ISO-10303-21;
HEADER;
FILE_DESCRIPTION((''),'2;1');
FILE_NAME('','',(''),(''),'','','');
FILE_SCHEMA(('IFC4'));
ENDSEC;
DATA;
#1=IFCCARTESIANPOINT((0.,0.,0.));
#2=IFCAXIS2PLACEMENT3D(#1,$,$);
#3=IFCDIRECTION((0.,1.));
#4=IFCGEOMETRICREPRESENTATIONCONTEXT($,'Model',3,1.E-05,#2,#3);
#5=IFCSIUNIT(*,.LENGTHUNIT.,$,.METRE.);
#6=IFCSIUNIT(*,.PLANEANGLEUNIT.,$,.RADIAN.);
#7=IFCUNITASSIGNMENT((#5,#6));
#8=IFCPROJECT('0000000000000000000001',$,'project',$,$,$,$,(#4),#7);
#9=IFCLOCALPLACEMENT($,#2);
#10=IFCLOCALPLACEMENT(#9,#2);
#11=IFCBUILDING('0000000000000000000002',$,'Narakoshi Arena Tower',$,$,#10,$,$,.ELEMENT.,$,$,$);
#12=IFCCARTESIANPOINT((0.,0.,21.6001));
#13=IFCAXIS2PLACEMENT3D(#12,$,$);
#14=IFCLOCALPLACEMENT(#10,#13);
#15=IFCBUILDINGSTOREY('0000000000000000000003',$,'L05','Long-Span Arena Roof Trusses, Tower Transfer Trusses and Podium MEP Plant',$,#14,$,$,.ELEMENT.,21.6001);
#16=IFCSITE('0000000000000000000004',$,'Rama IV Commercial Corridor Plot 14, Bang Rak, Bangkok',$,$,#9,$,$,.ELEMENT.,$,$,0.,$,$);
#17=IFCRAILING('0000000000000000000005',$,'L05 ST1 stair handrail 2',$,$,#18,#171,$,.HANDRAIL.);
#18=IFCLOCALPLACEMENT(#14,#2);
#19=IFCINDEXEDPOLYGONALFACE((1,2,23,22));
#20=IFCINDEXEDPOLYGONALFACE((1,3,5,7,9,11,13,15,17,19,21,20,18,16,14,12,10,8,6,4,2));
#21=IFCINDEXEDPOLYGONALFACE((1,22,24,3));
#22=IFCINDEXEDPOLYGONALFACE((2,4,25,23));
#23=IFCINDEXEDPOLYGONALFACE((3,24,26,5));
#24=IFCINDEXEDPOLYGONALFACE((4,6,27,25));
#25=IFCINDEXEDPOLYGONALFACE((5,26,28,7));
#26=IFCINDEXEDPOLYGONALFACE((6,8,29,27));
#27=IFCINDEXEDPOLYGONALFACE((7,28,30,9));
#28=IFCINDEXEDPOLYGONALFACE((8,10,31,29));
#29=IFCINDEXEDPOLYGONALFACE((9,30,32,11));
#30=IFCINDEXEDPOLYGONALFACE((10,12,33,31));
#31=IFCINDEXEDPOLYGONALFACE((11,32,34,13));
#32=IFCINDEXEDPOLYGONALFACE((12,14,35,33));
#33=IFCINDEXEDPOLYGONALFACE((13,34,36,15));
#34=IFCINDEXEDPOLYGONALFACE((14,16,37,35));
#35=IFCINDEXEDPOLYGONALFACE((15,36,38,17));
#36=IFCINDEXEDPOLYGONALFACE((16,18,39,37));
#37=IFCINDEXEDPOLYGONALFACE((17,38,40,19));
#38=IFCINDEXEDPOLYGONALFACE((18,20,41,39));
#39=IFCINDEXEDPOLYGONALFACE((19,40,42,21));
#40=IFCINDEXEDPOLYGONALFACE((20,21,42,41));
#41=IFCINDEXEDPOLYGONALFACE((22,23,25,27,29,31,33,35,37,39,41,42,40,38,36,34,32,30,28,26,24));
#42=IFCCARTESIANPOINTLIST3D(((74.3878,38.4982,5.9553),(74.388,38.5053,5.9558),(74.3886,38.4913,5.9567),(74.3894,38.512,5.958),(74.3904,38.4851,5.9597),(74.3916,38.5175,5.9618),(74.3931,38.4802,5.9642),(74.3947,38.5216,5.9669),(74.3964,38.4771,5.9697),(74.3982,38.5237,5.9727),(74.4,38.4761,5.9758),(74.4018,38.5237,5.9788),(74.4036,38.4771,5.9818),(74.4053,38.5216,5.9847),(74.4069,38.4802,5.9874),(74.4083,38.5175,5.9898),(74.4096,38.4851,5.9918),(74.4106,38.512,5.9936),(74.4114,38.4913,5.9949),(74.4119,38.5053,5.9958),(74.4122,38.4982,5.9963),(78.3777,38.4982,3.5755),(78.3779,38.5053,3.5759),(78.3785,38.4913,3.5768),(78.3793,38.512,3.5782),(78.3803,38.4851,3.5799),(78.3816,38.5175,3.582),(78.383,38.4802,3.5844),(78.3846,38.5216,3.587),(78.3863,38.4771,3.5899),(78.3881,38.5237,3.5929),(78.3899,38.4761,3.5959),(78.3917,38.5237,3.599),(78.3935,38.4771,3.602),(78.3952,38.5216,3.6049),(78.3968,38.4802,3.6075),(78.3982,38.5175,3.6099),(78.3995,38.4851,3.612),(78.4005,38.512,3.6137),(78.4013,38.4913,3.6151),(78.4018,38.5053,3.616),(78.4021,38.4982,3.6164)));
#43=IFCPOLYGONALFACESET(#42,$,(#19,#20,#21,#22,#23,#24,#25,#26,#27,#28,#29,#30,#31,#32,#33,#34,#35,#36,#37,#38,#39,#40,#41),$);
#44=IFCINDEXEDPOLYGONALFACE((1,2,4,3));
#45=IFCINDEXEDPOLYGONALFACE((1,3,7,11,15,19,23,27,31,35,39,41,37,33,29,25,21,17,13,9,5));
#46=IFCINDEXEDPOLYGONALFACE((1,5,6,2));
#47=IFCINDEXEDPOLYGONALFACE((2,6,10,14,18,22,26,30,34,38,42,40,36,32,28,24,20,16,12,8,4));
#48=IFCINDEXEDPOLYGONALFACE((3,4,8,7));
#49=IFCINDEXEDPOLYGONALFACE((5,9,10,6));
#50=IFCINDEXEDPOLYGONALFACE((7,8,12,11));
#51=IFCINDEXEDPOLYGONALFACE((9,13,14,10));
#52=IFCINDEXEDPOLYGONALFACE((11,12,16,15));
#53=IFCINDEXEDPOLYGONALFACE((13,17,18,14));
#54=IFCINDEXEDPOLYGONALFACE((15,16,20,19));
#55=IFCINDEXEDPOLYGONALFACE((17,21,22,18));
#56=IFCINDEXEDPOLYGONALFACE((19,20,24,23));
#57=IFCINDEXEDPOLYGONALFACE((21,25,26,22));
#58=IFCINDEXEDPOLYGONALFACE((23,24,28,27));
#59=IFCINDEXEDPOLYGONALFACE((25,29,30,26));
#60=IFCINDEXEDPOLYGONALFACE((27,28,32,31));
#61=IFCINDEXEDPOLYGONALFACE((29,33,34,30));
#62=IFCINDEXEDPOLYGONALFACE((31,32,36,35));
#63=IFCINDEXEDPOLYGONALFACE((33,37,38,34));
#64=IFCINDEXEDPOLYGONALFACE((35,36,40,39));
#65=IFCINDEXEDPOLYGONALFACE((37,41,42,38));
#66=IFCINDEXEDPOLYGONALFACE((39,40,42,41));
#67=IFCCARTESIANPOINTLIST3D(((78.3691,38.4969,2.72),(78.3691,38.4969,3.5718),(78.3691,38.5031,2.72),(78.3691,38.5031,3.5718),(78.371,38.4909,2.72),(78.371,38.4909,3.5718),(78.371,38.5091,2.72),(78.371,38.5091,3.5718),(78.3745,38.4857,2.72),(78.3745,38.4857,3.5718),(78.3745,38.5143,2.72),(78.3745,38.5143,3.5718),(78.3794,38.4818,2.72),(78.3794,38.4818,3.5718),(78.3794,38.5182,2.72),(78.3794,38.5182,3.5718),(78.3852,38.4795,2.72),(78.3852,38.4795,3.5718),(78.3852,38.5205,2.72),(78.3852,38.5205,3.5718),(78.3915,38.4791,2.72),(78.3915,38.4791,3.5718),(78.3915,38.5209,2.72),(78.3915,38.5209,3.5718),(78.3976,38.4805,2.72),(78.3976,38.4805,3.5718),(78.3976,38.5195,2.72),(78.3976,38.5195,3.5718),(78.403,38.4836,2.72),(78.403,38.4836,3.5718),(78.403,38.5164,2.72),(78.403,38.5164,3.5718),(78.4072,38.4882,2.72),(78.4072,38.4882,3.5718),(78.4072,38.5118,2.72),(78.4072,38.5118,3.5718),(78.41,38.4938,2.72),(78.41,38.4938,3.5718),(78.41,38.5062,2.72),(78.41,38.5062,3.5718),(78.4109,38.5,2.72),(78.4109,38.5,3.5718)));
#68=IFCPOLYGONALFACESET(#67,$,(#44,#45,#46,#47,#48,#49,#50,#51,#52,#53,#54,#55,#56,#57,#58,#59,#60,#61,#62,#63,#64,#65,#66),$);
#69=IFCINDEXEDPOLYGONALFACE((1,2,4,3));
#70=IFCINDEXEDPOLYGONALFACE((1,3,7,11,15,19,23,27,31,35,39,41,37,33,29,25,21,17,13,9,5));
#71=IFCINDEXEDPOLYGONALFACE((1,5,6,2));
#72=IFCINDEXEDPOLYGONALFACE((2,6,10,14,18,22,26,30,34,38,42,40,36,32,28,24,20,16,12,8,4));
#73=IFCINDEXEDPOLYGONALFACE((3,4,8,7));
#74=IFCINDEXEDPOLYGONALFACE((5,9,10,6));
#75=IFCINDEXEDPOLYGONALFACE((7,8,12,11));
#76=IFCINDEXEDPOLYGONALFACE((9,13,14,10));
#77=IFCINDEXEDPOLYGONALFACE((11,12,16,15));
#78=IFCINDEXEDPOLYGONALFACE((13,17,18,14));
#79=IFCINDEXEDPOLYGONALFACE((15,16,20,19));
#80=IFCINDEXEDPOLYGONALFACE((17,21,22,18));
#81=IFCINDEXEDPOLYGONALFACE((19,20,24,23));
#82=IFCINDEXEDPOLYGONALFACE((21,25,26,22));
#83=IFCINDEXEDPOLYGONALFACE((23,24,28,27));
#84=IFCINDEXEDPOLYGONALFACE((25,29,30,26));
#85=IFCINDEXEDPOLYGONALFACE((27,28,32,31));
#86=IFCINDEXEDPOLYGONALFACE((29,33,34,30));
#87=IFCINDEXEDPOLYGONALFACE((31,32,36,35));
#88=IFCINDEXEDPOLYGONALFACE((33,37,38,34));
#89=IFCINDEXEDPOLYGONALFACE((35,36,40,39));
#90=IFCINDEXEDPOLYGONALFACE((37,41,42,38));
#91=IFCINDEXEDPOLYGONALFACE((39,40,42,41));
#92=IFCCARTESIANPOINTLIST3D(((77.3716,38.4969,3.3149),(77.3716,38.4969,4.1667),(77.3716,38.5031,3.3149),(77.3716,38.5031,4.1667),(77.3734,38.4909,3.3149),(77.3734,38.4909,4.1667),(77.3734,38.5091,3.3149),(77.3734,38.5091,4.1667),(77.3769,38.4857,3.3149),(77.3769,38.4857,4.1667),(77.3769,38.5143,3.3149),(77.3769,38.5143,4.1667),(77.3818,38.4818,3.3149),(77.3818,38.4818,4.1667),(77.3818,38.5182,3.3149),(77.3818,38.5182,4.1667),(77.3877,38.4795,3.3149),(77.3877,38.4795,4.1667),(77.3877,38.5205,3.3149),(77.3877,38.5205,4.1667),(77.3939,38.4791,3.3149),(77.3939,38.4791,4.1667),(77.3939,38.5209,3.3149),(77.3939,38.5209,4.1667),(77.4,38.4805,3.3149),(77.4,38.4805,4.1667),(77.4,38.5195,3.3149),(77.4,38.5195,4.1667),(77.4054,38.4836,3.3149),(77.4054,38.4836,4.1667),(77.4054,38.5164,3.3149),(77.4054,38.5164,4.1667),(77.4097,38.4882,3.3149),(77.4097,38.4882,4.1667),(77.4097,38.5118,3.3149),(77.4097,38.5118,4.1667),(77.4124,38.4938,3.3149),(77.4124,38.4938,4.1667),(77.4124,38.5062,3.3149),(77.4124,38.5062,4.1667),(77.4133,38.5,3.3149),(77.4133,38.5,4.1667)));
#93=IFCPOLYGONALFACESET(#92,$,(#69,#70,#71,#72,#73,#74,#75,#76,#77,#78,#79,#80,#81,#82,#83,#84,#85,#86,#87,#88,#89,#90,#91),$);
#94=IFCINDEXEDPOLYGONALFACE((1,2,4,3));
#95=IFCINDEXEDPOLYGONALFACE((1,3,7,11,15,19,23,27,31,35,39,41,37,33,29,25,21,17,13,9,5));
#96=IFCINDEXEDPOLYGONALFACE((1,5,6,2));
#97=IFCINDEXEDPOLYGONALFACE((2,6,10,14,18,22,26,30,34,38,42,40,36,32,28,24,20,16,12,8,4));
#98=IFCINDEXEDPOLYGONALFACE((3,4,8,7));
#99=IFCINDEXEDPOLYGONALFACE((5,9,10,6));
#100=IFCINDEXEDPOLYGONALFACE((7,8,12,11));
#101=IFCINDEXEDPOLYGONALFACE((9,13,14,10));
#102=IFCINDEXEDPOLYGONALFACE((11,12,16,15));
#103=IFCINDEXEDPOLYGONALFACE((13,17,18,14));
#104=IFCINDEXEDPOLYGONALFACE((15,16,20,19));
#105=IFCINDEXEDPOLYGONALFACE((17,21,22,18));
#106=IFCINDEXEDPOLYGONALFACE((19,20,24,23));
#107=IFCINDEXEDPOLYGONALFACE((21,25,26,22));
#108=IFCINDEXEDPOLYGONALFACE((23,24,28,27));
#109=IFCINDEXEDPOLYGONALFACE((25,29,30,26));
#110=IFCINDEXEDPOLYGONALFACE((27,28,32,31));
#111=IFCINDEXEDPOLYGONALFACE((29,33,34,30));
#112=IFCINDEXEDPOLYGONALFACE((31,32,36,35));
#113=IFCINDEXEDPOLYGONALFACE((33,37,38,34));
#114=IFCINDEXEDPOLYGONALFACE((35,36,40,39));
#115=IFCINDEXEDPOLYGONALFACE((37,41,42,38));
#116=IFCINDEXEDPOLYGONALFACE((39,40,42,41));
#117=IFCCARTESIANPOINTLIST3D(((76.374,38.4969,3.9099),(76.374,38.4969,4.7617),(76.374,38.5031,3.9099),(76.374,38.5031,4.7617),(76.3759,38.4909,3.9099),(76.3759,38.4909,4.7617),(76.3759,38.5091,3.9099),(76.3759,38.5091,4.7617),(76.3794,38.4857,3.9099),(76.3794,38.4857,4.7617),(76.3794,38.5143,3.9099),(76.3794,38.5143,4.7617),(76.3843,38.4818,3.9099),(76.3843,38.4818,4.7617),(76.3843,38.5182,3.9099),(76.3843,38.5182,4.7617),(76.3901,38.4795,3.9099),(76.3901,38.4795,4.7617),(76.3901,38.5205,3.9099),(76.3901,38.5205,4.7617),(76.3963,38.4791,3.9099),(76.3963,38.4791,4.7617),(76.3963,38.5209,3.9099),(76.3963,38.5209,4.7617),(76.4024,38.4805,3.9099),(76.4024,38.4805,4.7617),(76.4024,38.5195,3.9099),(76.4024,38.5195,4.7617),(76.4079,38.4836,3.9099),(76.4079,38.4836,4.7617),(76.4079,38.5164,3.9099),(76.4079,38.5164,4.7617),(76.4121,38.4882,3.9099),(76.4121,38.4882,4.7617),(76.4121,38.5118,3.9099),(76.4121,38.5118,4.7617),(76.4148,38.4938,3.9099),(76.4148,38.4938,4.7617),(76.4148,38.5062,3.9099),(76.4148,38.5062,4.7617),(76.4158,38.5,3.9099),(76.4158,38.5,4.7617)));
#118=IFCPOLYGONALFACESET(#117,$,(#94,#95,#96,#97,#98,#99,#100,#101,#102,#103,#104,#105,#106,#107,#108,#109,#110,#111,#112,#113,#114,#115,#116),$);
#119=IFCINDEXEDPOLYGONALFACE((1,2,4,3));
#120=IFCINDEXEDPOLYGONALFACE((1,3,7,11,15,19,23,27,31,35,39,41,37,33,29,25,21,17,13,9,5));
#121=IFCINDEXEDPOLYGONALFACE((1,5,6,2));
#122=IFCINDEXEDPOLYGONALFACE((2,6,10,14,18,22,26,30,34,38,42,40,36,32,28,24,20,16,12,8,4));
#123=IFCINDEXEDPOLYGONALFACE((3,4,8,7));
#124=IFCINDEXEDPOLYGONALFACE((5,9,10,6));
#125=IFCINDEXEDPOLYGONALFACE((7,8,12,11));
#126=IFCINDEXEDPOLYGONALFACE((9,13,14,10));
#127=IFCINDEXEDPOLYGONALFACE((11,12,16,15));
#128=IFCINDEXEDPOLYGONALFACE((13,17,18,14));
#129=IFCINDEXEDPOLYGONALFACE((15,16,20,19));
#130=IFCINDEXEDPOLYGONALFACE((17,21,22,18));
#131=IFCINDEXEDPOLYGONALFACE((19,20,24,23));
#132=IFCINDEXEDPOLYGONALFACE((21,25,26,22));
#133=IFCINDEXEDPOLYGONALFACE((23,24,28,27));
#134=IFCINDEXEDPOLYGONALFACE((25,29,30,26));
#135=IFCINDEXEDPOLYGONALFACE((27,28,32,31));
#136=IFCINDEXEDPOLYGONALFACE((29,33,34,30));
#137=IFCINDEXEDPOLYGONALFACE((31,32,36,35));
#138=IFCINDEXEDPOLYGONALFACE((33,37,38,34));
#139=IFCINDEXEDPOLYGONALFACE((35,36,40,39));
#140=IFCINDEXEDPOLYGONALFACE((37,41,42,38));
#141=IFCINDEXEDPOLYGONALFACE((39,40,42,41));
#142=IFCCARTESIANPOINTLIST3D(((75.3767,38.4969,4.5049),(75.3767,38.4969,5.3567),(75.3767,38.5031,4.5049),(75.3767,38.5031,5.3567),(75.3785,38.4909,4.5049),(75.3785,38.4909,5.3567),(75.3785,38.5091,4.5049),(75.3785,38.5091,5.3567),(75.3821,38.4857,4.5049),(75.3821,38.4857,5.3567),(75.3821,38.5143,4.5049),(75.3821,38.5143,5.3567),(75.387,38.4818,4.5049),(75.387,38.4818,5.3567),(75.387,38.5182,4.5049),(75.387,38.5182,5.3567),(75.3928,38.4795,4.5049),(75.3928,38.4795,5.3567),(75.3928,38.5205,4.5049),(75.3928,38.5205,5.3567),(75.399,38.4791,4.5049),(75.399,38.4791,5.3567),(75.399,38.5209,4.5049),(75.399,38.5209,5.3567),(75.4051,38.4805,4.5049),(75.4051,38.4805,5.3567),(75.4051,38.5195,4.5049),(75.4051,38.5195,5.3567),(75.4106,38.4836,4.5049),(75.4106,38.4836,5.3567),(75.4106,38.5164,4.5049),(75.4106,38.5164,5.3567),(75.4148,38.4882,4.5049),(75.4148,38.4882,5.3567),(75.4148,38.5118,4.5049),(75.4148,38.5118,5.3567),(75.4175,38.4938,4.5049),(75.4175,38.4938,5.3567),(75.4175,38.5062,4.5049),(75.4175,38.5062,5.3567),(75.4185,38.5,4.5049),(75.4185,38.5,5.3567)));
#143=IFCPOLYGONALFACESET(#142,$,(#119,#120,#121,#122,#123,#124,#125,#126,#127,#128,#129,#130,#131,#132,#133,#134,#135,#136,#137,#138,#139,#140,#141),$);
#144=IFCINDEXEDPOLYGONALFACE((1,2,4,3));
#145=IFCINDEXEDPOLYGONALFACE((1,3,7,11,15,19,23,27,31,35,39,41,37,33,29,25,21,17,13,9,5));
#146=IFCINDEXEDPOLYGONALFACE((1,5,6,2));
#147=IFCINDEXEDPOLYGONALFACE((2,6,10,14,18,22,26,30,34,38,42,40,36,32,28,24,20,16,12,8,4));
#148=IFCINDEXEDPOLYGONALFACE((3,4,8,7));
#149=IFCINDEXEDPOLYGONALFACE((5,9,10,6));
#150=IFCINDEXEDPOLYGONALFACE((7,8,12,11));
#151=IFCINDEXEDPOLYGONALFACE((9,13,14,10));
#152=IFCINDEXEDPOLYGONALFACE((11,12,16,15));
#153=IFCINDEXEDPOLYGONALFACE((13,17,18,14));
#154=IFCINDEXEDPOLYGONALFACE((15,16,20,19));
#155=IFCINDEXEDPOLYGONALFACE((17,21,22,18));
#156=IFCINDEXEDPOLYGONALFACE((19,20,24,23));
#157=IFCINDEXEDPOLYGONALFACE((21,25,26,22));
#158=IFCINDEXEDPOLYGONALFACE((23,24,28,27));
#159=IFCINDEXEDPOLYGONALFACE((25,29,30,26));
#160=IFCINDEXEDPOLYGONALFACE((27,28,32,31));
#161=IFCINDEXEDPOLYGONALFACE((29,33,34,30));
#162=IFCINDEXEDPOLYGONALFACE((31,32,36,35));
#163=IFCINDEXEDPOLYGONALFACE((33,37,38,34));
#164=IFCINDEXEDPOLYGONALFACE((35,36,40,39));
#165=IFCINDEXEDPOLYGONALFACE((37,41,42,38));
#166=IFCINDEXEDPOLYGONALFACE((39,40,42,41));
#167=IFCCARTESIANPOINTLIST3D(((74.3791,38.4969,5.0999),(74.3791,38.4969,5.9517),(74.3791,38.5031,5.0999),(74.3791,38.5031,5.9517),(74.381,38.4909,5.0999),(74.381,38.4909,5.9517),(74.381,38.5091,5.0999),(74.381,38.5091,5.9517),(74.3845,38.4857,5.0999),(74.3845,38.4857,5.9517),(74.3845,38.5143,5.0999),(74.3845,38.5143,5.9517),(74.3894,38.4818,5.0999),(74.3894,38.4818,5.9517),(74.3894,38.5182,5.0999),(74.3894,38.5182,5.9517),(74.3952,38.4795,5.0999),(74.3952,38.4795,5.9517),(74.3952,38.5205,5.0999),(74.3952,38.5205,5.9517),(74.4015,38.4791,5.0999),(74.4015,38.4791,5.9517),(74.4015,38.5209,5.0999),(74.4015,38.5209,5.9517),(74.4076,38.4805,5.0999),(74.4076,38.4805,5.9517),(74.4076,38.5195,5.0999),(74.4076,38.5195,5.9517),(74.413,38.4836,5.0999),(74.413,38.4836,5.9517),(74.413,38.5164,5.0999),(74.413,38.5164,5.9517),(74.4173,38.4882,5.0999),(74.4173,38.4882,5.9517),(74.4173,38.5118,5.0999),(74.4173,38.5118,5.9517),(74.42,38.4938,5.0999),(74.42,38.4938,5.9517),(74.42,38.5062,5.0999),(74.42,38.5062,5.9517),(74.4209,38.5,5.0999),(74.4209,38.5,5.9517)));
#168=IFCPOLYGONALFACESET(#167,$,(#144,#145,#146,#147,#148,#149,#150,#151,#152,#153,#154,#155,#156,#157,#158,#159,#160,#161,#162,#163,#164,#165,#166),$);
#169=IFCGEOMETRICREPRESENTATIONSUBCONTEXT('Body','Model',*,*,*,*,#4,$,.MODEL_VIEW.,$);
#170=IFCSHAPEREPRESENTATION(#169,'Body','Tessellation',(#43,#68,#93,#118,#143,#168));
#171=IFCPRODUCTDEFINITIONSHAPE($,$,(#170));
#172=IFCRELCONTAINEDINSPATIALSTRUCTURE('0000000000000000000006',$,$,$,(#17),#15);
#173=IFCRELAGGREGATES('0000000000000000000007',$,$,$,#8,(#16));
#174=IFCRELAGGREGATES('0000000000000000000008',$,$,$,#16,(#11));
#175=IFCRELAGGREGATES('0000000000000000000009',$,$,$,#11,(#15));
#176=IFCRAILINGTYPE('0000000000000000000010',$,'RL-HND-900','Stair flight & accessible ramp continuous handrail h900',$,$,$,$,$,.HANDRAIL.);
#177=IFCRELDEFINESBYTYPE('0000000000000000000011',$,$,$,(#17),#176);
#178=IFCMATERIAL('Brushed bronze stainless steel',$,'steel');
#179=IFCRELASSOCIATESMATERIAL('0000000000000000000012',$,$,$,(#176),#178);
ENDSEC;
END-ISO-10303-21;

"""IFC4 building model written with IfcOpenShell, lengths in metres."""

from ifc_helpers import new_model, si_unit, direction, frame, origin, origin_2d, place, context, subcontext, project, spatial, circle, extrude, material, type_object, element, save


model = new_model("IFC4")

# Units and contexts
model_context = context("Model", 3, precision=1e-05, world=origin(), true_north=direction((0.0, 1.0)))
body_context = subcontext(model_context, "Body", "Model", "MODEL_VIEW")
ifc_project = project(units=[si_unit("LENGTHUNIT", "METRE"), si_unit("PLANEANGLEUNIT", "RADIAN")], contexts=[model_context])

# Site, building, storey
site_placement = place(None, origin())
site = spatial("IfcSite", under=ifc_project, at=site_placement, Name="Rama IV Commercial Corridor Plot 14, Bang Rak, Bangkok", CompositionType="ELEMENT", RefElevation=0.0)
building_placement = place(site_placement, origin())
building = spatial("IfcBuilding", under=site, at=building_placement, Name="Narakoshi Arena Tower", CompositionType="ELEMENT")
storey_placement = place(building_placement, frame((0.0, 0.0, 21.6001)))
storey = spatial("IfcBuildingStorey", under=building, at=storey_placement, Name="L05", Description="Long-Span Arena Roof Trusses, Tower Transfer Trusses and Podium MEP Plant", CompositionType="ELEMENT", Elevation=21.6001)

# Railing
ifc_material_1 = material(Name="Brushed bronze stainless steel", Category="steel")
railing_type_1 = type_object("IfcRailingType", Name="RL-HND-900", Description="Stair flight & accessible ramp continuous handrail h900", PredefinedType="HANDRAIL", material=ifc_material_1)
railing_1_placement = place(storey_placement, frame((78.3899, 38.5, 2.72)))
element("IfcRailing", 1, at=railing_1_placement, inside=storey, type_object=railing_type_1, Name="L05 ST1 stair handrail 2", PredefinedType="HANDRAIL", context=body_context, shape_type="SweptSolid", body=[
    extrude(circle(Radius=0.0239, at=origin_2d()), frame((0.0, 0.0, 0.876), z_axis=(-0.85883, 0.0, 0.512261), x_axis=(0.0, -1.0, 0.0)), (0.0, 0.0, 1.0), 4.6458),
    extrude(circle(Radius=0.021, at=origin_2d()), origin(), (0.0, 0.0, 1.0), 0.8518),
    extrude(circle(Radius=0.021, at=origin_2d()), frame((-0.9976, 0.0, 0.595)), (0.0, 0.0, 1.0), 0.8518),
    extrude(circle(Radius=0.021, at=origin_2d()), frame((-1.9951, 0.0, 1.1899)), (0.0, 0.0, 1.0), 0.8518),
    extrude(circle(Radius=0.021, at=origin_2d()), frame((-2.9924, 0.0, 1.7849)), (0.0, 0.0, 1.0), 0.8518),
    extrude(circle(Radius=0.021, at=origin_2d()), frame((-3.99, 0.0, 2.3799)), (0.0, 0.0, 1.0), 0.8518),
])

save(model, "model.ifc")
